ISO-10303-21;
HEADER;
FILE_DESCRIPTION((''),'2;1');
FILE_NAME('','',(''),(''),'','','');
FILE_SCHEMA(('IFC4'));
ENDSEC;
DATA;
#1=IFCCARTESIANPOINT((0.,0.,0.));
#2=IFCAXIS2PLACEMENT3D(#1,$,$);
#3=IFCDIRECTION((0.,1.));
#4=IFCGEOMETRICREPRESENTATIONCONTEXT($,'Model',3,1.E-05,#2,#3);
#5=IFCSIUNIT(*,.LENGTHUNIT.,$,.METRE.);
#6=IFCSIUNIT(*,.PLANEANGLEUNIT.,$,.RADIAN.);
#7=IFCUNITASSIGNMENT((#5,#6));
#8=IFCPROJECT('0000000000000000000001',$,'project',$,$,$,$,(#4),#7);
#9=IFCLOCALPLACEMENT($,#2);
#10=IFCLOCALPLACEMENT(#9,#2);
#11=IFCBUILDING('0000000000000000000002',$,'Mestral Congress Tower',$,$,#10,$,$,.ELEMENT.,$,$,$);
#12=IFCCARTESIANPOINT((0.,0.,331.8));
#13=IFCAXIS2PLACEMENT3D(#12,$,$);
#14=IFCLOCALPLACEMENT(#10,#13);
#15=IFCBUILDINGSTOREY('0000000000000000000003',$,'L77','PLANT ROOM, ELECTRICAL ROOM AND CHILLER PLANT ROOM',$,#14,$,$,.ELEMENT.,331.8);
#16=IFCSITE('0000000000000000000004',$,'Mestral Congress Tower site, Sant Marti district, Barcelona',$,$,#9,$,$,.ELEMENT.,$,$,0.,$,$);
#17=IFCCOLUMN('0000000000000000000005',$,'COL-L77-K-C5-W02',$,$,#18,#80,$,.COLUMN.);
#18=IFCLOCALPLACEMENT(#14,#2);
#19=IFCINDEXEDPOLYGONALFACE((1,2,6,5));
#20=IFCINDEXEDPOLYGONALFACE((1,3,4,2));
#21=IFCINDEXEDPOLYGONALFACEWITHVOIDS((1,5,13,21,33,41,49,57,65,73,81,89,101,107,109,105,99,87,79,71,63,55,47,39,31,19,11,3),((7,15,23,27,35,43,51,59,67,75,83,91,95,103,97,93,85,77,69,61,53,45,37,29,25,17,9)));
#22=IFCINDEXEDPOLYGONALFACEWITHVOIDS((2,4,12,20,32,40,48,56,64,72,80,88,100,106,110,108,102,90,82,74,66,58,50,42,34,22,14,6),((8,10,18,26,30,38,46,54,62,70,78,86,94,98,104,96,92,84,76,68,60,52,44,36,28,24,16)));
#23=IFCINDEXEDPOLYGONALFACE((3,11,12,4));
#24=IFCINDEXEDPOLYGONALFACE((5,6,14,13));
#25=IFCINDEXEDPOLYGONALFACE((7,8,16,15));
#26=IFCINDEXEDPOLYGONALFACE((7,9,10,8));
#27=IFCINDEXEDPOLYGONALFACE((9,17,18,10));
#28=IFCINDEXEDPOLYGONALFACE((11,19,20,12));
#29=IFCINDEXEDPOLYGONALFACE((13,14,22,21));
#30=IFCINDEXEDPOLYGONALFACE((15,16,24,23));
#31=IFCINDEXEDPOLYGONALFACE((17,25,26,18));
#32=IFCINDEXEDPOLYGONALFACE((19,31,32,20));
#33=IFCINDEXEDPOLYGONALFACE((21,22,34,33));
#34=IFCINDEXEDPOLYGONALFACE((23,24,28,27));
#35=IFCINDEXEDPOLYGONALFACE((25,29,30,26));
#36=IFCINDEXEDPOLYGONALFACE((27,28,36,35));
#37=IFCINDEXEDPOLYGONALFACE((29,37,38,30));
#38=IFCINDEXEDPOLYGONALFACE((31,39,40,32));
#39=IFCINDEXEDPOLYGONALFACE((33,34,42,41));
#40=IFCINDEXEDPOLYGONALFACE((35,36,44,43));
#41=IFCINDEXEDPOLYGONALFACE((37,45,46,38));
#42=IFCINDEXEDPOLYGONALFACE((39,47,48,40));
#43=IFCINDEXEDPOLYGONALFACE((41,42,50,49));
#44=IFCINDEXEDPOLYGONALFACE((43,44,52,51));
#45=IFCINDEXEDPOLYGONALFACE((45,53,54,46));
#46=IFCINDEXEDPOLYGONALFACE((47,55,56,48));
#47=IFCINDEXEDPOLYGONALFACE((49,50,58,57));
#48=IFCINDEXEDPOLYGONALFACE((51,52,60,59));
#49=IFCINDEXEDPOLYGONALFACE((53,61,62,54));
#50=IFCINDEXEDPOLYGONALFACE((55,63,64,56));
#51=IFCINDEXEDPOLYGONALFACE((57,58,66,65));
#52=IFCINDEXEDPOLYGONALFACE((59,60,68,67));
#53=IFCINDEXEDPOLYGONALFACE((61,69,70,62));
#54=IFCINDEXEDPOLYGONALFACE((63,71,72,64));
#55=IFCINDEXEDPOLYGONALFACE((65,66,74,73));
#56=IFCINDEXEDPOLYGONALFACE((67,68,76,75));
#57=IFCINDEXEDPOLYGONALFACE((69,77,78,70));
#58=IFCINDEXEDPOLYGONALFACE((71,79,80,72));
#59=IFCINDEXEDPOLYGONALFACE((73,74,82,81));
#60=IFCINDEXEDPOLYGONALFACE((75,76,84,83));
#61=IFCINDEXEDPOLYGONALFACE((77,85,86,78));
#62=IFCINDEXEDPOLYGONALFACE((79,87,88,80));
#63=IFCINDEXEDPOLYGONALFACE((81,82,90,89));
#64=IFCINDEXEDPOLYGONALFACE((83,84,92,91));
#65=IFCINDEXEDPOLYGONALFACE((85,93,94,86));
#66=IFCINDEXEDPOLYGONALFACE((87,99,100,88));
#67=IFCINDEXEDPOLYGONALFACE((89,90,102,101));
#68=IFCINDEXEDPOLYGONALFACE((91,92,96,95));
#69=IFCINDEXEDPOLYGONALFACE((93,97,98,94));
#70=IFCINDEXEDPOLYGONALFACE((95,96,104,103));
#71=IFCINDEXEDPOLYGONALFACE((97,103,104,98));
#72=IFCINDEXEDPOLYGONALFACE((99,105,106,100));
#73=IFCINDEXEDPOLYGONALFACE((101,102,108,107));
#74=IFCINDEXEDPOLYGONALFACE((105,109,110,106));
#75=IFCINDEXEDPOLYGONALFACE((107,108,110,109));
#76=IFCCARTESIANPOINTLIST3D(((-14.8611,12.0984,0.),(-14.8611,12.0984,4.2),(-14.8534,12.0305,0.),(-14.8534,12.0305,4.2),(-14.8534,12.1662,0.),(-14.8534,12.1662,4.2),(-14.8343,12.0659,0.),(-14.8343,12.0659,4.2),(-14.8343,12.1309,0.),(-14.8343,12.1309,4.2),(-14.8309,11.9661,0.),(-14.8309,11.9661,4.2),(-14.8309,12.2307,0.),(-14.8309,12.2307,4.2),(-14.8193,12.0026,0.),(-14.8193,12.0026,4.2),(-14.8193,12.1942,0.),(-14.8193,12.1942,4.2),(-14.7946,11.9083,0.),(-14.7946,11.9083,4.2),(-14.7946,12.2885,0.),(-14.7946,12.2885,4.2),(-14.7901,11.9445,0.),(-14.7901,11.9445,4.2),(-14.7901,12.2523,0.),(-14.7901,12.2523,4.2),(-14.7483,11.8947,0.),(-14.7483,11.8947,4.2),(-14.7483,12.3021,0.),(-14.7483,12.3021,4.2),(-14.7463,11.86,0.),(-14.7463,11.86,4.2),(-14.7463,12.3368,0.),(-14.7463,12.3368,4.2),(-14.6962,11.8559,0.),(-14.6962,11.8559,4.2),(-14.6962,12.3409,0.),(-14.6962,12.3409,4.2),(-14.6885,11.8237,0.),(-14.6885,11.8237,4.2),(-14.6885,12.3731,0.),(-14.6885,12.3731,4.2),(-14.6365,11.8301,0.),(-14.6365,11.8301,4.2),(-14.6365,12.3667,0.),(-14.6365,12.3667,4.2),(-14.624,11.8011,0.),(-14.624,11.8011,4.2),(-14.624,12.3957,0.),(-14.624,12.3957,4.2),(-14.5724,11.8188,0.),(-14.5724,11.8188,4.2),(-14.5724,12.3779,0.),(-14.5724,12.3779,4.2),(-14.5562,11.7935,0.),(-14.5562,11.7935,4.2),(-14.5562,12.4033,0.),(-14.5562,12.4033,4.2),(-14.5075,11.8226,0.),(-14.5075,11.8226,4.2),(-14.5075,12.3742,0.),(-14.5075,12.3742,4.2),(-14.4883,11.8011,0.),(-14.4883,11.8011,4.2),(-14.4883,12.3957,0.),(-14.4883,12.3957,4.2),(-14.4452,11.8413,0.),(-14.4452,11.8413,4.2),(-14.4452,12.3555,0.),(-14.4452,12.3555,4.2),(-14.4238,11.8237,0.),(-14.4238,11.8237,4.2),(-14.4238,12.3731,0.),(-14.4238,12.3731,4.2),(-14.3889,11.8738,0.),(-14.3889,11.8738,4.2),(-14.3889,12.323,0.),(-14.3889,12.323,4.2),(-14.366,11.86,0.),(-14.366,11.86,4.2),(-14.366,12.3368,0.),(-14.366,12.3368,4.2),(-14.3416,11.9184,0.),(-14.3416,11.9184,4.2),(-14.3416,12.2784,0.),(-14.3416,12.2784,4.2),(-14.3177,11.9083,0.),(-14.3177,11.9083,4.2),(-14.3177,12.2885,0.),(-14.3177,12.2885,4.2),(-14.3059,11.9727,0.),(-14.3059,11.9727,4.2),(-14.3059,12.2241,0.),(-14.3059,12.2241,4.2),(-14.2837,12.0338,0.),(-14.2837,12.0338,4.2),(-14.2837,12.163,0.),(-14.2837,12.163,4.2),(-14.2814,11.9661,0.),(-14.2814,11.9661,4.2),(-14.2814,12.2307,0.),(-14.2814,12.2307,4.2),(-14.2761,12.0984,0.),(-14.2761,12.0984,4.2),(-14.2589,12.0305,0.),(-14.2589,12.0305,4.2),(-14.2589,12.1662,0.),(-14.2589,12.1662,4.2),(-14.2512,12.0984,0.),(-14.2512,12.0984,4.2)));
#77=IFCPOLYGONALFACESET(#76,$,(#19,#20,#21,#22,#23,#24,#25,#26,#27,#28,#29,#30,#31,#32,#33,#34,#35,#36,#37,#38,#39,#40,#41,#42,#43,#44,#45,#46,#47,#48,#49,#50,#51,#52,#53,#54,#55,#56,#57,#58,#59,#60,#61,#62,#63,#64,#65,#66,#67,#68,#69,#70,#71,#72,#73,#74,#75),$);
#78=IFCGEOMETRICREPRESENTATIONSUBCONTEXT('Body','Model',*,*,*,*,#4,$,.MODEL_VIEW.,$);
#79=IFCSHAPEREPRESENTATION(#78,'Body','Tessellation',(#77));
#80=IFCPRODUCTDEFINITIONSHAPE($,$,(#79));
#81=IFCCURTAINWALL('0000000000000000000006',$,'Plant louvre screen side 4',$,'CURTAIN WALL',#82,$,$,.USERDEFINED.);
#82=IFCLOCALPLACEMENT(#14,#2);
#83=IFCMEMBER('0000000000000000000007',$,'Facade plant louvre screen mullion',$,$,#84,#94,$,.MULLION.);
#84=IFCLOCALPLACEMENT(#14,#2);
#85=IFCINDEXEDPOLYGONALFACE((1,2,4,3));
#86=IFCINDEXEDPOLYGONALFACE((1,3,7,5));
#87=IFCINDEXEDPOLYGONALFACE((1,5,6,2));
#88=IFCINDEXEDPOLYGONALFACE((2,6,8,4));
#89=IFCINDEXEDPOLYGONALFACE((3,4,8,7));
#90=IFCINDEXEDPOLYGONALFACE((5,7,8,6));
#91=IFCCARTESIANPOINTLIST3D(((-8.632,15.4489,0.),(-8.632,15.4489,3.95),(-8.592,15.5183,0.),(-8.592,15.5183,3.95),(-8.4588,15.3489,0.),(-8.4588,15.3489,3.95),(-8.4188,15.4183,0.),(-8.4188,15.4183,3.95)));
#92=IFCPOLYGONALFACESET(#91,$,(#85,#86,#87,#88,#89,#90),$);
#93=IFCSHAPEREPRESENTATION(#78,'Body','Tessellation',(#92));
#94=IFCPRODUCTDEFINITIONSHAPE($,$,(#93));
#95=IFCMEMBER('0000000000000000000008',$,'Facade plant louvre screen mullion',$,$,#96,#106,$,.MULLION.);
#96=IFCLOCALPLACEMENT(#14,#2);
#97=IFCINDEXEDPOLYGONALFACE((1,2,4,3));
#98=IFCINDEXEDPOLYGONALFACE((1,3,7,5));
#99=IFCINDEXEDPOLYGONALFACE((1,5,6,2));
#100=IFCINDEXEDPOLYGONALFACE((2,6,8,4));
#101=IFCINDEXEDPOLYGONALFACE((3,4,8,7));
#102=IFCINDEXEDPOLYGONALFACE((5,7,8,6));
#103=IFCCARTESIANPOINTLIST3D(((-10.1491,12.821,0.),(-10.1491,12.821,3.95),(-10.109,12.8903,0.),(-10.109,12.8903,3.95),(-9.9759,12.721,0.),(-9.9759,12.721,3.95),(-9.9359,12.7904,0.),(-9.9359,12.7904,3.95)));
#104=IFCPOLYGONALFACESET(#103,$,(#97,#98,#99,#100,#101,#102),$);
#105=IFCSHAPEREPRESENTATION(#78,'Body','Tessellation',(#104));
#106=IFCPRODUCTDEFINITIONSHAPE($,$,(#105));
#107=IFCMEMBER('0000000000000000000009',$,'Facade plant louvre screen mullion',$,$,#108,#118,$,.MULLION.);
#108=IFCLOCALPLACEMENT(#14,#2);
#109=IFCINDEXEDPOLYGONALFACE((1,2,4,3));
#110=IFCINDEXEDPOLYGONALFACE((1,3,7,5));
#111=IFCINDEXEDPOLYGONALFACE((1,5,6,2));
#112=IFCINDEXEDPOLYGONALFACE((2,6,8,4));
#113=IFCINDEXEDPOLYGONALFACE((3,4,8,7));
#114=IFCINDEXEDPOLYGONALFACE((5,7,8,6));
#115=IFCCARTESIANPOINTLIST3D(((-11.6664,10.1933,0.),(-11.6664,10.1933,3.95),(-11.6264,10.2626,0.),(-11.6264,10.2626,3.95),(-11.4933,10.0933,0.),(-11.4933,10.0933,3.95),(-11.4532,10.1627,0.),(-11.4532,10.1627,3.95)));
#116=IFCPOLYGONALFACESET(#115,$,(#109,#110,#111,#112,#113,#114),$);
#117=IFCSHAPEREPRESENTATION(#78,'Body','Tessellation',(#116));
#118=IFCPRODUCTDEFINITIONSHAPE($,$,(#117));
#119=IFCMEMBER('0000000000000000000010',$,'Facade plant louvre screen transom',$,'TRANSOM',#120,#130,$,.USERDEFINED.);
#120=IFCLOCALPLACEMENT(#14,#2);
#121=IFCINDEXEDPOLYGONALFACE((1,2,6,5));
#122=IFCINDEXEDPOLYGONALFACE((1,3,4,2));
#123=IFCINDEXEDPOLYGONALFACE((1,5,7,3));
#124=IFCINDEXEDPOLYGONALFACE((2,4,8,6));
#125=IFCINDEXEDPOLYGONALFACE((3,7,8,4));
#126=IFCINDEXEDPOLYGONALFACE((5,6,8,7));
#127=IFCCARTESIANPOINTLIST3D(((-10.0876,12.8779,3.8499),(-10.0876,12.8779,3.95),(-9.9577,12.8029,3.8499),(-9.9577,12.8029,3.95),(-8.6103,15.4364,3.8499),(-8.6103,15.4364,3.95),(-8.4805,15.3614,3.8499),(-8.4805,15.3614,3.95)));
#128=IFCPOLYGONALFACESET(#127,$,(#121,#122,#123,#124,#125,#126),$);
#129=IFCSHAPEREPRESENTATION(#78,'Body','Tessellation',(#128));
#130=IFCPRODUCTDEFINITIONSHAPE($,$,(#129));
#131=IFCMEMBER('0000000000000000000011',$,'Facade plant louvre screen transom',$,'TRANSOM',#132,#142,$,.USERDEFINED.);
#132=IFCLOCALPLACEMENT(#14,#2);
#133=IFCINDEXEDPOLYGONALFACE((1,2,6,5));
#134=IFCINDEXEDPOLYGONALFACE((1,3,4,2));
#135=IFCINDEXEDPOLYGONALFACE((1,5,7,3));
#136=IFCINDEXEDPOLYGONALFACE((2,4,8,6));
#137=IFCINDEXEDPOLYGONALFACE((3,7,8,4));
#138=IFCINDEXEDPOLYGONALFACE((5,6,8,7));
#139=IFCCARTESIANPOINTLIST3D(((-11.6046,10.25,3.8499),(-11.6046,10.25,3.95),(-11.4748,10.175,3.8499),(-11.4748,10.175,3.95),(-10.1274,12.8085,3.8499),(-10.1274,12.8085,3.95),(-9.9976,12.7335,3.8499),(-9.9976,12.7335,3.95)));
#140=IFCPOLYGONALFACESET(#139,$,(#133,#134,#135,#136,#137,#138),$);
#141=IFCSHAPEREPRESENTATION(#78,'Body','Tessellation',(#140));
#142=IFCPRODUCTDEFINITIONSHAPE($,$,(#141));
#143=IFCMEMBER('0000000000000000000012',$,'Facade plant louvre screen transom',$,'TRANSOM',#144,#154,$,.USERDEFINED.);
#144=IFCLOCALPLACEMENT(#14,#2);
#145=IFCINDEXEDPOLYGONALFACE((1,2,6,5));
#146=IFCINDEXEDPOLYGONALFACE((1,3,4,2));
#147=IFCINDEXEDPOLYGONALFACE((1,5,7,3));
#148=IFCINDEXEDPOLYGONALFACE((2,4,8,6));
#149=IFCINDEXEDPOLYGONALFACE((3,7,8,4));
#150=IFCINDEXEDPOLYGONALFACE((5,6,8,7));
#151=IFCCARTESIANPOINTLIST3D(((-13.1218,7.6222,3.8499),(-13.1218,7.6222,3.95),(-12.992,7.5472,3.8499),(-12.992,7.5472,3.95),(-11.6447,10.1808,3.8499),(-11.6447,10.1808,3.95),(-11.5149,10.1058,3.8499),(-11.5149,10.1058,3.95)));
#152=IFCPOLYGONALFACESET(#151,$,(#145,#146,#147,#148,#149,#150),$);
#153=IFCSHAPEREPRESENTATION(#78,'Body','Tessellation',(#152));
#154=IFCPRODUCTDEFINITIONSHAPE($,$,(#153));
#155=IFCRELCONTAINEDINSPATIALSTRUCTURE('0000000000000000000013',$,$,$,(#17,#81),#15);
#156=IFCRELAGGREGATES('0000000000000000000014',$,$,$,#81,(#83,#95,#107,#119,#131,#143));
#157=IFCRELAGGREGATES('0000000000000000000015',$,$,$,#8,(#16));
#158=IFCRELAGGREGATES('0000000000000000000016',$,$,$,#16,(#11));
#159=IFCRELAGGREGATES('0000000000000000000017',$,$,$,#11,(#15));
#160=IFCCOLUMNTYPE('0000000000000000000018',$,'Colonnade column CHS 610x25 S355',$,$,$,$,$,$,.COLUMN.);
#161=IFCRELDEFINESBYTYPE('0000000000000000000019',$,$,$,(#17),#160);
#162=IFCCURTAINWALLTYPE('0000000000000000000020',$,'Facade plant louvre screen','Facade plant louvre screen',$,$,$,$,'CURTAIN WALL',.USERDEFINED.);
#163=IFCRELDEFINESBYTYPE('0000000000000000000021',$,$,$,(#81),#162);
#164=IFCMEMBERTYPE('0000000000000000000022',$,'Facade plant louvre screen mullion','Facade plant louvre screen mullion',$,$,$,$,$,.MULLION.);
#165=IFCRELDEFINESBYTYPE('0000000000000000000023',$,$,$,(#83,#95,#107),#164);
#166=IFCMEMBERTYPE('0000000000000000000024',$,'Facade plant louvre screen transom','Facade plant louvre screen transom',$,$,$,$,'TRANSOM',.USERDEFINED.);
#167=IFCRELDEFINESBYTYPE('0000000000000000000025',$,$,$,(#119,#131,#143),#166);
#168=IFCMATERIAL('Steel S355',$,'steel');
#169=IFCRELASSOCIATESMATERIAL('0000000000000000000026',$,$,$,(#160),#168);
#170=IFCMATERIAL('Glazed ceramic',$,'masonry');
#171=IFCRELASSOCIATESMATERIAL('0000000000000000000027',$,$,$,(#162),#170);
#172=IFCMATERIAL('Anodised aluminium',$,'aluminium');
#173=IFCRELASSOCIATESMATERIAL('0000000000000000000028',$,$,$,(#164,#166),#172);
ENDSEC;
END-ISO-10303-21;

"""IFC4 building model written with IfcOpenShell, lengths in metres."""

from ifc_helpers import new_model, si_unit, direction, frame, origin, origin_2d, place, context, subcontext, project, spatial, rectangle, hollow_circle, extrude, material, material_profile, profile_set, type_object, element, aggregate, save


model = new_model("IFC4")

# Units and contexts
model_context = context("Model", 3, precision=1e-05, world=origin(), true_north=direction((0.0, 1.0)))
body_context = subcontext(model_context, "Body", "Model", "MODEL_VIEW")
ifc_project = project(units=[si_unit("LENGTHUNIT", "METRE"), si_unit("PLANEANGLEUNIT", "RADIAN")], contexts=[model_context])

# Site, building, storey
site_placement = place(None, origin())
site = spatial("IfcSite", under=ifc_project, at=site_placement, Name="Mestral Congress Tower site, Sant Marti district, Barcelona", CompositionType="ELEMENT", RefElevation=0.0)
building_placement = place(site_placement, origin())
building = spatial("IfcBuilding", under=site, at=building_placement, Name="Mestral Congress Tower", CompositionType="ELEMENT")
storey_placement = place(building_placement, frame((0.0, 0.0, 331.8)))
storey = spatial("IfcBuildingStorey", under=building, at=storey_placement, Name="L77", Description="PLANT ROOM, ELECTRICAL ROOM AND CHILLER PLANT ROOM", CompositionType="ELEMENT", Elevation=331.8)

# Column
ifc_material_1 = material(Name="Steel S355", Category="steel")
ifc_material_profile_1 = material_profile(ifc_material_1, hollow_circle(Radius=0.3049, WallThickness=0.0249, at=origin_2d()), Name="CHS 610x25")
ifc_profile_set_1 = profile_set([ifc_material_profile_1], Name="Steel S355")
column_type = type_object("IfcColumnType", Name="Colonnade column CHS 610x25 S355", PredefinedType="COLUMN", material=ifc_profile_set_1)
column_placement = place(storey_placement, frame((-14.5562, 12.0984, 0.0), z_axis=(0.0, 0.0, 1.0), x_axis=(1.0, 0.0, 0.0)))
element("IfcColumn", 1, at=column_placement, inside=storey, type_object=column_type, Name="COL-L77-K-C5-W02", PredefinedType="COLUMN", context=body_context, shape_type="SweptSolid", body=[
    extrude(hollow_circle(Radius=0.3049, WallThickness=0.0249, at=origin_2d()), origin(), (0.0, 0.0, 1.0), 4.2),
])

# Curtain wall, members
ifc_material_2 = material(Name="Glazed ceramic", Category="masonry")
curtain_wall_type = type_object("IfcCurtainWallType", Name="Facade plant louvre screen", Description="Facade plant louvre screen", ElementType="CURTAIN WALL", PredefinedType="USERDEFINED", material=ifc_material_2)
placement = place(storey_placement, origin())
curtain_wall = element("IfcCurtainWall", 2, at=placement, inside=storey, type_object=curtain_wall_type, Name="Plant louvre screen side 4", ObjectType="CURTAIN WALL", PredefinedType="USERDEFINED")
ifc_material_3 = material(Name="Anodised aluminium", Category="aluminium")
ifc_material_profile_2 = material_profile(ifc_material_3, rectangle(XDim=0.2, YDim=0.0801, at=origin_2d()), Name="CW6 mullion 200 x 80")
ifc_profile_set_2 = profile_set([ifc_material_profile_2], Name="Anodised aluminium")
member_type_1 = type_object("IfcMemberType", Name="Facade plant louvre screen mullion", Description="Facade plant louvre screen mullion", PredefinedType="MULLION", material=ifc_profile_set_2)
member_1_placement = place(storey_placement, frame((-8.5254, 15.4336, 0.0), z_axis=(0.0, 0.0, 1.0), x_axis=(-0.866025, 0.500002, 0.0)))
member_1 = element("IfcMember", 3, at=member_1_placement, type_object=member_type_1, Name="Facade plant louvre screen mullion", PredefinedType="MULLION", context=body_context, shape_type="SweptSolid", body=[
    extrude(rectangle(XDim=0.2, YDim=0.0801, at=origin_2d()), origin(), (0.0, 0.0, 1.0), 3.95),
])
member_2_placement = place(storey_placement, frame((-10.0425, 12.8057, 0.0), z_axis=(0.0, 0.0, 1.0), x_axis=(-0.866025, 0.500002, 0.0)))
member_2 = element("IfcMember", 4, at=member_2_placement, type_object=member_type_1, Name="Facade plant louvre screen mullion", PredefinedType="MULLION", context=body_context, shape_type="SweptSolid", body=[
    extrude(rectangle(XDim=0.2, YDim=0.0801, at=origin_2d()), origin(), (0.0, 0.0, 1.0), 3.95),
])
member_3_placement = place(storey_placement, frame((-11.5598, 10.178, 0.0), z_axis=(0.0, 0.0, 1.0), x_axis=(-0.866025, 0.500002, 0.0)))
member_3 = element("IfcMember", 5, at=member_3_placement, type_object=member_type_1, Name="Facade plant louvre screen mullion", PredefinedType="MULLION", context=body_context, shape_type="SweptSolid", body=[
    extrude(rectangle(XDim=0.2, YDim=0.0801, at=origin_2d()), origin(), (0.0, 0.0, 1.0), 3.95),
])
ifc_material_profile_3 = material_profile(ifc_material_3, rectangle(XDim=0.1499, YDim=0.1001, at=origin_2d()), Name="CW6 transom 150 x 100")
ifc_profile_set_3 = profile_set([ifc_material_profile_3], Name="Anodised aluminium")
member_type_2 = type_object("IfcMemberType", Name="Facade plant louvre screen transom", Description="Facade plant louvre screen transom", ElementType="TRANSOM", PredefinedType="USERDEFINED", material=ifc_profile_set_3)
member_4_placement = place(storey_placement, frame((-8.5454, 15.3989, 3.8999), z_axis=(-0.500023, -0.866012, 0.0), x_axis=(0.866012, -0.500023, 0.0)))
member_4 = element("IfcMember", 6, at=member_4_placement, type_object=member_type_2, Name="Facade plant louvre screen transom", ObjectType="TRANSOM", PredefinedType="USERDEFINED", context=body_context, shape_type="SweptSolid", body=[
    extrude(rectangle(XDim=0.1499, YDim=0.1001, at=origin_2d()), origin(), (0.0, 0.0, 1.0), 2.9543),
])
member_5_placement = place(storey_placement, frame((-10.0625, 12.771, 3.8999), z_axis=(-0.500023, -0.866012, 0.0), x_axis=(0.866012, -0.500023, 0.0)))
member_5 = element("IfcMember", 7, at=member_5_placement, type_object=member_type_2, Name="Facade plant louvre screen transom", ObjectType="TRANSOM", PredefinedType="USERDEFINED", context=body_context, shape_type="SweptSolid", body=[
    extrude(rectangle(XDim=0.1499, YDim=0.1001, at=origin_2d()), origin(), (0.0, 0.0, 1.0), 2.9543),
])
member_6_placement = place(storey_placement, frame((-11.5798, 10.1433, 3.8999), z_axis=(-0.499961, -0.866048, 0.0), x_axis=(0.866048, -0.499961, 0.0)))
member_6 = element("IfcMember", 8, at=member_6_placement, type_object=member_type_2, Name="Facade plant louvre screen transom", ObjectType="TRANSOM", PredefinedType="USERDEFINED", context=body_context, shape_type="SweptSolid", body=[
    extrude(rectangle(XDim=0.1499, YDim=0.1001, at=origin_2d()), origin(), (0.0, 0.0, 1.0), 2.9543),
])

aggregate(curtain_wall, [member_1, member_2, member_3, member_4, member_5, member_6])

save(model, "model.ifc")
